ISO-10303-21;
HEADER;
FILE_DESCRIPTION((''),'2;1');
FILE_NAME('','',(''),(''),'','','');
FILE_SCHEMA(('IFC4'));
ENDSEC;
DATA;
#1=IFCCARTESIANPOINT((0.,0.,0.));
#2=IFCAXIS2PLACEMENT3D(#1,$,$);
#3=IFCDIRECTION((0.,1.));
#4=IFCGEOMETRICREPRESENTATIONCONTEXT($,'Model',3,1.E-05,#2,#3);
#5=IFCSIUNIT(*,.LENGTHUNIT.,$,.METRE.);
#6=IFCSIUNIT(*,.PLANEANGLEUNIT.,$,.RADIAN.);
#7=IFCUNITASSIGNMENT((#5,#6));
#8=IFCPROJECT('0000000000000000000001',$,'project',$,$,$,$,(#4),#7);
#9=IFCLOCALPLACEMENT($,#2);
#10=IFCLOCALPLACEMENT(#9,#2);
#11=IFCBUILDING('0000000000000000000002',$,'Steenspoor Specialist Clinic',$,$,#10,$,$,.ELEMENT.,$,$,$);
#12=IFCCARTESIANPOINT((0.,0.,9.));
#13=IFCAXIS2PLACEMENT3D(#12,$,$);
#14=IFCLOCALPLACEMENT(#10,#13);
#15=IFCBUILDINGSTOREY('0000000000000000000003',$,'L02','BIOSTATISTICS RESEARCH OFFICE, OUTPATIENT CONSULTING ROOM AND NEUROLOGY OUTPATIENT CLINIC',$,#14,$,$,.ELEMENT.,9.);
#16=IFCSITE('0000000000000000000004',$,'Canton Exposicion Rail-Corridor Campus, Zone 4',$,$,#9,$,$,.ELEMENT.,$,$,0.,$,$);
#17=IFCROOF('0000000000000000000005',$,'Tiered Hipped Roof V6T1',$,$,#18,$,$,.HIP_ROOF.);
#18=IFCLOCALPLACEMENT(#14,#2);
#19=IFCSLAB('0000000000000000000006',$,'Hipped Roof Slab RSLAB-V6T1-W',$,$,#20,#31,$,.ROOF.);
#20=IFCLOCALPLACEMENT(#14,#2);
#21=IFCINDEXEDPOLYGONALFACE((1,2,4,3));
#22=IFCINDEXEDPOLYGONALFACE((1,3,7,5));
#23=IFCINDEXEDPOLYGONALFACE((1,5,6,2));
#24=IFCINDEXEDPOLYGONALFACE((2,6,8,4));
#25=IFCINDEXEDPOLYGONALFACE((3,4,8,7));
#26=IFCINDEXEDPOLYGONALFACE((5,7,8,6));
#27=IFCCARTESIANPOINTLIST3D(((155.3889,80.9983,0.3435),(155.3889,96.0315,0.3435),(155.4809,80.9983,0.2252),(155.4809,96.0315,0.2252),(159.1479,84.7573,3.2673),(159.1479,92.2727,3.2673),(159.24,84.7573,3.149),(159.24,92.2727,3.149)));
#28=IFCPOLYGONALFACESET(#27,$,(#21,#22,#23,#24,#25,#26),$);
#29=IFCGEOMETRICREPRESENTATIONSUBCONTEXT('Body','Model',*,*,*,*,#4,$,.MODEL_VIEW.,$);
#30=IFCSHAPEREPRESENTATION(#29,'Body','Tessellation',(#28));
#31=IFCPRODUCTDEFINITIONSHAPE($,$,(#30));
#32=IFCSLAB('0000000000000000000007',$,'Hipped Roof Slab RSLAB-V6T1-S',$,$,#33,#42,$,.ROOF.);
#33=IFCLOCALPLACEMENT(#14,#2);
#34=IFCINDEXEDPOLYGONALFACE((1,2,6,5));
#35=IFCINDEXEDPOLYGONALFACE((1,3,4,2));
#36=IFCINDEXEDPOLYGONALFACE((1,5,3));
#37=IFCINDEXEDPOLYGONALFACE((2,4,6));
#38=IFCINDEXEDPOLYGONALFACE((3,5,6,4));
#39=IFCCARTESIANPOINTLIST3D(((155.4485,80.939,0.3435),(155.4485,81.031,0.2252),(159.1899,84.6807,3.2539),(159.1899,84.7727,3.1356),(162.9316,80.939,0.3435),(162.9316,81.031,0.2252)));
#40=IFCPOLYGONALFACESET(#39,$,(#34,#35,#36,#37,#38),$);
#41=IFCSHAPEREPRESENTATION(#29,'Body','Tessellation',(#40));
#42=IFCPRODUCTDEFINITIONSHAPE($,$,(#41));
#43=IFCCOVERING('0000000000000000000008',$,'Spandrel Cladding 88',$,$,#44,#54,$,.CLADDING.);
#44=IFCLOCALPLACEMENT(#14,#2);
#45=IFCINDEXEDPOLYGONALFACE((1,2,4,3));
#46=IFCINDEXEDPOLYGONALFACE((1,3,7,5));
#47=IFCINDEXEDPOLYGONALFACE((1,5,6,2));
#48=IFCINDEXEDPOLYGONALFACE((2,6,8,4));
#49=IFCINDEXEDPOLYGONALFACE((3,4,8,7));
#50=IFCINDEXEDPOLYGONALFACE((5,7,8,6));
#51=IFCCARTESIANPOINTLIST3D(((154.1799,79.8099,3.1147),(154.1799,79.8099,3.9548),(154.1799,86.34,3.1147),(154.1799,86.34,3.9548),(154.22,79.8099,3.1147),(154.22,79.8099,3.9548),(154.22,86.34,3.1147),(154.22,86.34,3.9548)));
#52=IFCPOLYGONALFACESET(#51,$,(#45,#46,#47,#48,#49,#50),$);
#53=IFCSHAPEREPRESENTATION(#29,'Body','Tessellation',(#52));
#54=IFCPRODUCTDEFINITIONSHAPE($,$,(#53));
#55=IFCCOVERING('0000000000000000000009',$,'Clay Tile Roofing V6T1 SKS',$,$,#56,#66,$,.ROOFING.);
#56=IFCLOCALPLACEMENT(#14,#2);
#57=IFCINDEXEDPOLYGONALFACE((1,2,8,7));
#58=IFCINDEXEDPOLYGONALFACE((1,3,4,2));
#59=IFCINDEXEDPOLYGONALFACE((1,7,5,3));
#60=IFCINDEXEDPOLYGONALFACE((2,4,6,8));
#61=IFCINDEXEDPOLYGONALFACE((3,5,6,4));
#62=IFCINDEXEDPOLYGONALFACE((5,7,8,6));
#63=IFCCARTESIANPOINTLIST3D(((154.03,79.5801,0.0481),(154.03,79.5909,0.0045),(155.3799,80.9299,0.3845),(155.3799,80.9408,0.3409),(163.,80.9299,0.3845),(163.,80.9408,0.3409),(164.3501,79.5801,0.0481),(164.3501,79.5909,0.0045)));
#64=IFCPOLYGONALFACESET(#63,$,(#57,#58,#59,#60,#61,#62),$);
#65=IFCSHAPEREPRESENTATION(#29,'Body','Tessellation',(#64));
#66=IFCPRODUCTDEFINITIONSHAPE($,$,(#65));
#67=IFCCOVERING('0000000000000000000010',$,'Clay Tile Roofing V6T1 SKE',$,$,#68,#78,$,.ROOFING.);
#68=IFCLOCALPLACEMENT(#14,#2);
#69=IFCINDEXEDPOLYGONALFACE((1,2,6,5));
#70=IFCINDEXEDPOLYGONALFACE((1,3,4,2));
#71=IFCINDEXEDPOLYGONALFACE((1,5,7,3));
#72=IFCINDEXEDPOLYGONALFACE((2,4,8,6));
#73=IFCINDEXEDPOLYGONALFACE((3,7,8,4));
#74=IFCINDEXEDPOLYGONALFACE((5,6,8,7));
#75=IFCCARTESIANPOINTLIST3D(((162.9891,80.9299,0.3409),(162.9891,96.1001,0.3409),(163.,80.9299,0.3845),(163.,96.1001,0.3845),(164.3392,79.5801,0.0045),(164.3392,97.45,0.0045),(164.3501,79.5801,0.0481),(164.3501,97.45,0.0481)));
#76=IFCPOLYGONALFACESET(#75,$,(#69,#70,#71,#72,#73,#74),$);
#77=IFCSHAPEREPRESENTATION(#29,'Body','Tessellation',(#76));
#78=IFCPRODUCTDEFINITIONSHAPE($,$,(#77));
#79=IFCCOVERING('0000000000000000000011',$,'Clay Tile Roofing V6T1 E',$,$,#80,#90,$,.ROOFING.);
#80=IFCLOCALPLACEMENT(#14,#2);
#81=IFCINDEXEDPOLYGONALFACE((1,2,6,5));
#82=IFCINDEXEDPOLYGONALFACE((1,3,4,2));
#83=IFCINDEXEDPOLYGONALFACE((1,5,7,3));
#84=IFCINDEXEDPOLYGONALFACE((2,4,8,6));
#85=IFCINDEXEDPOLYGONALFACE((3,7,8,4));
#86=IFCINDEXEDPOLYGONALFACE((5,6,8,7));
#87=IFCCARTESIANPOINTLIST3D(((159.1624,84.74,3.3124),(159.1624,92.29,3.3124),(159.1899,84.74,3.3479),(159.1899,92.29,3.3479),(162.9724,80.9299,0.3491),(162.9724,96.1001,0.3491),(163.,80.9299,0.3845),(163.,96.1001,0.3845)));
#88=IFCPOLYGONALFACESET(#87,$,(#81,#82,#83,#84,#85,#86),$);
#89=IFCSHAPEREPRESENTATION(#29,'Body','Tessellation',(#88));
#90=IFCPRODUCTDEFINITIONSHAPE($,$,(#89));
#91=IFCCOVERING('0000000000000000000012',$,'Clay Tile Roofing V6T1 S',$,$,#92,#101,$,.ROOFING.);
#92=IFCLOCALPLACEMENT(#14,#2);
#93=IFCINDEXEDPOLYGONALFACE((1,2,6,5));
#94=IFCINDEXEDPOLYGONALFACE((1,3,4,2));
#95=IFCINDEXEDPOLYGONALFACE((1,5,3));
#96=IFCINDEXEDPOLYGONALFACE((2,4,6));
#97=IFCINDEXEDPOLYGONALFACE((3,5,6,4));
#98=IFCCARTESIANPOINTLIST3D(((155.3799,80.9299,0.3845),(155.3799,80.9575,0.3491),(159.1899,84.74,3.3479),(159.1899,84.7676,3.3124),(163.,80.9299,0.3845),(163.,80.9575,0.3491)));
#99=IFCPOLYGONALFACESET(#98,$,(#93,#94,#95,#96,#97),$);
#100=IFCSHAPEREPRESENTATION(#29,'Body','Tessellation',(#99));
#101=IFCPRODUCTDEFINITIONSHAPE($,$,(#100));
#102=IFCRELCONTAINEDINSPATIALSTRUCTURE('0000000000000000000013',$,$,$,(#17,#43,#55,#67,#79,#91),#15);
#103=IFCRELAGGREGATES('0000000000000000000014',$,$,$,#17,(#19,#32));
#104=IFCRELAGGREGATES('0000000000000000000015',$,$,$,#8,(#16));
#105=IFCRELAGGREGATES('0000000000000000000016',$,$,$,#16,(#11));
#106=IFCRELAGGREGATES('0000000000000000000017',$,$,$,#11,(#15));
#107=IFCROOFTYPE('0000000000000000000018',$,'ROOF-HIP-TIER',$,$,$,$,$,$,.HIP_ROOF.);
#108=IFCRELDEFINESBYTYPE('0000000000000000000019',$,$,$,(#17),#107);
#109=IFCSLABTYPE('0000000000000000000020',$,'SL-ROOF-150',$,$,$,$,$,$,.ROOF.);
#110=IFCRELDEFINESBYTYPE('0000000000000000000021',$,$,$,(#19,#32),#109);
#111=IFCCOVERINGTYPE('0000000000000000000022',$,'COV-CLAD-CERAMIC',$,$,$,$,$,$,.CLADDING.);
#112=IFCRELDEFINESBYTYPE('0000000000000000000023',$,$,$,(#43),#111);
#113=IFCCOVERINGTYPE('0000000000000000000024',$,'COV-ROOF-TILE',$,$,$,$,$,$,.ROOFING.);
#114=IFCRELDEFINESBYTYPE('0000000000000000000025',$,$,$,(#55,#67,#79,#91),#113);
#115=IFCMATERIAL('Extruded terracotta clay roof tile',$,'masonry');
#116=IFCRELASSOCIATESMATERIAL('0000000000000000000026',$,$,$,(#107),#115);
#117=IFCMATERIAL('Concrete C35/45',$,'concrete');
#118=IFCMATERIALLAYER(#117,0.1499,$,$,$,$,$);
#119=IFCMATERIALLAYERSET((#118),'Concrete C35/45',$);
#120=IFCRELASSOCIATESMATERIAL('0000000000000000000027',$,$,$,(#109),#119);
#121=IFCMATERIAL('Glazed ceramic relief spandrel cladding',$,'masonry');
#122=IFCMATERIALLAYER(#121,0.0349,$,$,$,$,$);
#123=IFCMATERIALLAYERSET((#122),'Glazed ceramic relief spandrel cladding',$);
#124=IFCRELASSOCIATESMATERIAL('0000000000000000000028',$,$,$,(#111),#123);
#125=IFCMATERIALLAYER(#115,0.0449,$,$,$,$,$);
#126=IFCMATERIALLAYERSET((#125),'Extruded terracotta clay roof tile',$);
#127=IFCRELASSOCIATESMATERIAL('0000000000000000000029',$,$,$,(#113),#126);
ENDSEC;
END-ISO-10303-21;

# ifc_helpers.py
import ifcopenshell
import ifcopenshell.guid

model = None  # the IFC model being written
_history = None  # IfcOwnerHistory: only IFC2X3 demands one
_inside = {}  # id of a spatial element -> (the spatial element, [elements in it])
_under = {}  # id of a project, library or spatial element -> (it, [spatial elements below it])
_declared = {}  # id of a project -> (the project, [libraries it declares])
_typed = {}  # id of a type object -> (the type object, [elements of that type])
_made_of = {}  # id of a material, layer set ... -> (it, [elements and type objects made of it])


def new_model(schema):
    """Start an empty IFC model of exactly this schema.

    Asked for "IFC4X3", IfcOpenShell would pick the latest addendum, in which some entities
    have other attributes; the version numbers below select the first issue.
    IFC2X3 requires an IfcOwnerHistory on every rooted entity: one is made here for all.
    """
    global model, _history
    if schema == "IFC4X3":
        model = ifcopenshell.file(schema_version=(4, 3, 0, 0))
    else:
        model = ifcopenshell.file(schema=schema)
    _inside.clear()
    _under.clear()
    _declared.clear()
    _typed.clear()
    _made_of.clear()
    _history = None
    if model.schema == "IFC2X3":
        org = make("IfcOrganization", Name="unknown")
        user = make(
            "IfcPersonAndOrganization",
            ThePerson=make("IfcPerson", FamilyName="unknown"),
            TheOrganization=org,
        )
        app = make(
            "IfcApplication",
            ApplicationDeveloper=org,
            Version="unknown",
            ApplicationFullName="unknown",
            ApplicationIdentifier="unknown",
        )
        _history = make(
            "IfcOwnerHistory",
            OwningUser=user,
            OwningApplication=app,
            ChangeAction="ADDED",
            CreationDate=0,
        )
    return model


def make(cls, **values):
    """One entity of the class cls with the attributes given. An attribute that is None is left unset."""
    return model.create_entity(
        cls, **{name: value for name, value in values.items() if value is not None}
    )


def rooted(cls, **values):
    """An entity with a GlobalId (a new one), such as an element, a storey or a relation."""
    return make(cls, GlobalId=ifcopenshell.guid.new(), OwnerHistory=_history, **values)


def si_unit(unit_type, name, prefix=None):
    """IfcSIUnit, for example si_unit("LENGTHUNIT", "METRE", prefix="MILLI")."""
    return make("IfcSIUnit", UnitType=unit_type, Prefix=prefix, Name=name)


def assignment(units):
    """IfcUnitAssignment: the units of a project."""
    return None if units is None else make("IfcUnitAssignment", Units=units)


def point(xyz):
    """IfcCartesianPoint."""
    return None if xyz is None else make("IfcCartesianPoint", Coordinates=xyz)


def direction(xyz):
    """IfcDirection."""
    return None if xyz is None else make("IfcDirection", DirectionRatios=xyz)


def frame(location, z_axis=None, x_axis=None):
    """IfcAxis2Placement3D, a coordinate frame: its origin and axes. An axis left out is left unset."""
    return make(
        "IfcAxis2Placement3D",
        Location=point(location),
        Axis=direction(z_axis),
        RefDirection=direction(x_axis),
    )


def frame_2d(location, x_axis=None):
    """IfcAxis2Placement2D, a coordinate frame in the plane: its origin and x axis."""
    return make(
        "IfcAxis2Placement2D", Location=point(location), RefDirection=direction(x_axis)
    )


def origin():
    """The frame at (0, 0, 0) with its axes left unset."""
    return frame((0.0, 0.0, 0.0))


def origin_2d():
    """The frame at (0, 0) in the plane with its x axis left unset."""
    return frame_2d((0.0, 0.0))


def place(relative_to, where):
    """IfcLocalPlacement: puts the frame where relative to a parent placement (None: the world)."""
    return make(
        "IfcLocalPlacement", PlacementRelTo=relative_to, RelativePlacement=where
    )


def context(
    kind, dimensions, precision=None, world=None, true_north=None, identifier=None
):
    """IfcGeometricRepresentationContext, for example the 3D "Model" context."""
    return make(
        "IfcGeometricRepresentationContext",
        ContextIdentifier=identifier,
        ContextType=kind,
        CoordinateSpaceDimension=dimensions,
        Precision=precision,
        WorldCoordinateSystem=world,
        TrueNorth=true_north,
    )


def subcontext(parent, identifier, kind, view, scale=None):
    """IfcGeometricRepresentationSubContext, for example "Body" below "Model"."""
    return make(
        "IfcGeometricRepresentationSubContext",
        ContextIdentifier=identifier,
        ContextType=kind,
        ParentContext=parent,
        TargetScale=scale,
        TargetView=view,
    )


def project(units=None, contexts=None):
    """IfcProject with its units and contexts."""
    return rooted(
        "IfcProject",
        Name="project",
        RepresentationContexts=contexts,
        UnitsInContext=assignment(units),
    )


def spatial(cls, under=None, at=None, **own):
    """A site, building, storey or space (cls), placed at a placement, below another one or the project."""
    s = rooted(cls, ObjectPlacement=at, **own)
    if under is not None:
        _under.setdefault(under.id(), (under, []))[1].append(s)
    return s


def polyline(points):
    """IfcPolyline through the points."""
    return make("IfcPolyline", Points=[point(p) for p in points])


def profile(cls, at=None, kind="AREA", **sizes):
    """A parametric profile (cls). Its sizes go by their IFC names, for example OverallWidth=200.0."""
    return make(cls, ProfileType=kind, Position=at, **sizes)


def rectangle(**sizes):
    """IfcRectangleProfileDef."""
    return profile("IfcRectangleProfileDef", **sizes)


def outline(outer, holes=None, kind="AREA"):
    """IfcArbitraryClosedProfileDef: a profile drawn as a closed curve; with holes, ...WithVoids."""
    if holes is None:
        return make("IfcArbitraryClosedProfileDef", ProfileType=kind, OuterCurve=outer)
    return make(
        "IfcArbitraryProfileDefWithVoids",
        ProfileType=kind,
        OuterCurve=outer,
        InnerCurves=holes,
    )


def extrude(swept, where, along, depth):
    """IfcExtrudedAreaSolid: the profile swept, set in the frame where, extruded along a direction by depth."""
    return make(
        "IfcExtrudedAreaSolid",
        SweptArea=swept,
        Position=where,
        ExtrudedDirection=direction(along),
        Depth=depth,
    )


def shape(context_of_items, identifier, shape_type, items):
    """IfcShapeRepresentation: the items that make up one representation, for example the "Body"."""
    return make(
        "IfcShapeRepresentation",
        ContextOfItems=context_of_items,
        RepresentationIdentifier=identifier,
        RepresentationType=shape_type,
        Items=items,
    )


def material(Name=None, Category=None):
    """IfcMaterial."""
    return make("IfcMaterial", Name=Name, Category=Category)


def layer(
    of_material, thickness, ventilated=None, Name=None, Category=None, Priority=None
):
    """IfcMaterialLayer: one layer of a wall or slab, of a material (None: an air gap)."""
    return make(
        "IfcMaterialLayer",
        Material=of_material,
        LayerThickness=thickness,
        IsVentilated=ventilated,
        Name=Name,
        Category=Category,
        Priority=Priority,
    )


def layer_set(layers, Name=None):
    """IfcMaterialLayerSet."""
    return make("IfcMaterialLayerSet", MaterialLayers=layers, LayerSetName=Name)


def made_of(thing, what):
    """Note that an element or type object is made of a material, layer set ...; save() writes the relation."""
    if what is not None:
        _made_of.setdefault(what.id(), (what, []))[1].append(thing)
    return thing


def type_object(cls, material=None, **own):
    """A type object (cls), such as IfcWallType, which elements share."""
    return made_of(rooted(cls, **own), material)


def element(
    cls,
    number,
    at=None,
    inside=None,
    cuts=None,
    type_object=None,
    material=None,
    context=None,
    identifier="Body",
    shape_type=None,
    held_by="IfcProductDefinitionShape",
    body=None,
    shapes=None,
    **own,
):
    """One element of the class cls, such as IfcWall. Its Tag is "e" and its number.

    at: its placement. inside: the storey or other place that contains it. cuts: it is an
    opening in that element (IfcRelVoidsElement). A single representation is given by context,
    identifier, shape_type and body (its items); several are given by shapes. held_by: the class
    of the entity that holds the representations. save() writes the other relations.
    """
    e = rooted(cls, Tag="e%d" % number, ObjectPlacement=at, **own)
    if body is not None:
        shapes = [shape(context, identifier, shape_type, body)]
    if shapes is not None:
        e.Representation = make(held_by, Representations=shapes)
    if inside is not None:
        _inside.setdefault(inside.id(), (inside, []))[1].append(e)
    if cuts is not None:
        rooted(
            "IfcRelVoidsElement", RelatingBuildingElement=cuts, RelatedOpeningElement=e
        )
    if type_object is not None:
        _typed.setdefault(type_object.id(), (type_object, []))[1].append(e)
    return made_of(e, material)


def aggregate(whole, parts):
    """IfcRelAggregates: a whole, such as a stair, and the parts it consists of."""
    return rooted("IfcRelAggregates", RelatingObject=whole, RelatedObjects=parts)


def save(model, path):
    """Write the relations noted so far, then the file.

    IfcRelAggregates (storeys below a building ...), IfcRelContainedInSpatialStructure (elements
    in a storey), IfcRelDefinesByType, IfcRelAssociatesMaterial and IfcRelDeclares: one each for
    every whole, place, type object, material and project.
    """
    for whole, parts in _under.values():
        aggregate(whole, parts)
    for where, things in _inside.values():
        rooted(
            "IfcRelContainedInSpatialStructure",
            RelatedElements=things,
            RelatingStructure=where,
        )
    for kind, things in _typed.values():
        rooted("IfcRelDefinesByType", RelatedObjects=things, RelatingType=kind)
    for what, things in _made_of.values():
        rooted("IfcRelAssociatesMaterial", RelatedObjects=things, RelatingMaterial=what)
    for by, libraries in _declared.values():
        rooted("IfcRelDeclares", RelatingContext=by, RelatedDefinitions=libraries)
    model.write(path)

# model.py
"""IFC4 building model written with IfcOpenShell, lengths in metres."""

from ifc_helpers import new_model, si_unit, direction, frame, origin, origin_2d, place, context, subcontext, project, spatial, polyline, rectangle, outline, extrude, material, layer, layer_set, type_object, element, aggregate, save


model = new_model("IFC4")

# Units and contexts
model_context = context("Model", 3, precision=1e-05, world=origin(), true_north=direction((0.0, 1.0)))
body_context = subcontext(model_context, "Body", "Model", "MODEL_VIEW")
ifc_project = project(units=[si_unit("LENGTHUNIT", "METRE"), si_unit("PLANEANGLEUNIT", "RADIAN")], contexts=[model_context])

# Site, building, storey
site_placement = place(None, origin())
site = spatial("IfcSite", under=ifc_project, at=site_placement, Name="Canton Exposicion Rail-Corridor Campus, Zone 4", CompositionType="ELEMENT", RefElevation=0.0)
building_placement = place(site_placement, origin())
building = spatial("IfcBuilding", under=site, at=building_placement, Name="Steenspoor Specialist Clinic", CompositionType="ELEMENT")
storey_placement = place(building_placement, frame((0.0, 0.0, 9.0)))
storey = spatial("IfcBuildingStorey", under=building, at=storey_placement, Name="L02", Description="BIOSTATISTICS RESEARCH OFFICE, OUTPATIENT CONSULTING ROOM AND NEUROLOGY OUTPATIENT CLINIC", CompositionType="ELEMENT", Elevation=9.0)

# Roof, slabs
ifc_material_1 = material(Name="Extruded terracotta clay roof tile", Category="masonry")
roof_type = type_object("IfcRoofType", Name="ROOF-HIP-TIER", PredefinedType="HIP_ROOF", material=ifc_material_1)
roof_placement = place(storey_placement, origin())
roof = element("IfcRoof", 1, at=roof_placement, inside=storey, type_object=roof_type, Name="Tiered Hipped Roof V6T1", PredefinedType="HIP_ROOF")
ifc_material_2 = material(Name="Concrete C35/45", Category="concrete")
ifc_layer_1 = layer(ifc_material_2, 0.1499)
ifc_layer_set_1 = layer_set([ifc_layer_1], Name="Concrete C35/45")
slab_type = type_object("IfcSlabType", Name="SL-ROOF-150", PredefinedType="ROOF", material=ifc_layer_set_1)
slab_1_placement = place(storey_placement, frame((155.3889, 80.9983, 0.3435), z_axis=(-0.613958, 0.0, 0.789338), x_axis=(0.619579, 0.619579, 0.481917)))
slab_1 = element("IfcSlab", 2, at=slab_1_placement, type_object=slab_type, Name="Hipped Roof Slab RSLAB-V6T1-W", PredefinedType="ROOF", context=body_context, shape_type="SweptSolid", body=[
    extrude(outline(polyline([(0.0, 0.0), (6.0671, 0.0), (10.7234, 5.8991), (9.3143, 11.8001), (0.0, 0.0)])), origin(), (0.0, 0.0, -1.0), 0.1499),
])
slab_2_placement = place(storey_placement, frame((159.1899, 84.6807, 3.2539), z_axis=(0.0, -0.613966, 0.789333), x_axis=(-0.619551, -0.619592, -0.481936)))
slab_2 = element("IfcSlab", 3, at=slab_2_placement, type_object=slab_type, Name="Hipped Roof Slab RSLAB-V6T1-S", PredefinedType="ROOF", context=body_context, shape_type="SweptSolid", body=[
    extrude(outline(polyline([(0.0, 0.0), (6.039, 0.0), (1.4028, 5.8739), (0.0, 0.0)])), origin(), (0.0, 0.0, -1.0), 0.1499),
])
aggregate(roof, [slab_1, slab_2])

# Coverings
ifc_material_3 = material(Name="Glazed ceramic relief spandrel cladding", Category="masonry")
ifc_layer_2 = layer(ifc_material_3, 0.0349)
ifc_layer_set_2 = layer_set([ifc_layer_2], Name="Glazed ceramic relief spandrel cladding")
covering_type_1 = type_object("IfcCoveringType", Name="COV-CLAD-CERAMIC", PredefinedType="CLADDING", material=ifc_layer_set_2)
covering_1_placement = place(storey_placement, frame((154.2, 83.075, 3.1147), z_axis=(0.0, 0.0, 1.0), x_axis=(0.0, -1.0, 0.0)))
element("IfcCovering", 4, at=covering_1_placement, inside=storey, type_object=covering_type_1, Name="Spandrel Cladding 88", PredefinedType="CLADDING", context=body_context, shape_type="SweptSolid", body=[
    extrude(rectangle(XDim=6.53, YDim=0.04, at=origin_2d()), origin(), (0.0, 0.0, 1.0), 0.8401),
])
ifc_layer_3 = layer(ifc_material_1, 0.0449)
ifc_layer_set_3 = layer_set([ifc_layer_3], Name="Extruded terracotta clay roof tile")
covering_type_2 = type_object("IfcCoveringType", Name="COV-ROOF-TILE", PredefinedType="ROOFING", material=ifc_layer_set_3)
covering_2_placement = place(storey_placement, frame((154.03, 79.5801, 0.0481), z_axis=(0.0, -0.241834, 0.970318), x_axis=(1.0, 0.0, 0.0)))
element("IfcCovering", 5, at=covering_2_placement, inside=storey, type_object=covering_type_2, Name="Clay Tile Roofing V6T1 SKS", PredefinedType="ROOFING", context=body_context, shape_type="SweptSolid", body=[
    extrude(outline(polyline([(0.0, 0.0), (10.3201, 0.0), (8.97, 1.3911), (1.3499, 1.3911), (0.0, 0.0)])), origin(), (0.0, 0.0, -1.0), 0.0449),
])
covering_3_placement = place(storey_placement, frame((164.3501, 79.5801, 0.0481), z_axis=(0.241792, 0.0, 0.970328), x_axis=(0.0, 1.0, 0.0)))
element("IfcCovering", 6, at=covering_3_placement, inside=storey, type_object=covering_type_2, Name="Clay Tile Roofing V6T1 SKE", PredefinedType="ROOFING", context=body_context, shape_type="SweptSolid", body=[
    extrude(outline(polyline([(0.0, 0.0), (17.8699, 0.0), (16.52, 1.3914), (1.3499, 1.3914), (0.0, 0.0)])), origin(), (0.0, 0.0, -1.0), 0.0449),
])
covering_4_placement = place(storey_placement, frame((163.0, 80.9299, 0.3845), z_axis=(0.613941, 0.0, 0.789352), x_axis=(0.0, 1.0, 0.0)))
element("IfcCovering", 7, at=covering_4_placement, inside=storey, type_object=covering_type_2, Name="Clay Tile Roofing V6T1 E", PredefinedType="ROOFING", context=body_context, shape_type="SweptSolid", body=[
    extrude(outline(polyline([(0.0, 0.0), (15.1702, 0.0), (11.3601, 4.8268), (3.8101, 4.8268), (0.0, 0.0)])), origin(), (0.0, 0.0, -1.0), 0.0449),
])
covering_5_placement = place(storey_placement, frame((155.3799, 80.9299, 0.3845), z_axis=(0.0, -0.613941, 0.789352), x_axis=(1.0, 0.0, 0.0)))
element("IfcCovering", 8, at=covering_5_placement, inside=storey, type_object=covering_type_2, Name="Clay Tile Roofing V6T1 S", PredefinedType="ROOFING", context=body_context, shape_type="SweptSolid", body=[
    extrude(outline(polyline([(0.0, 0.0), (7.6201, 0.0), (3.8101, 4.8268), (0.0, 0.0)])), origin(), (0.0, 0.0, -1.0), 0.0449),
])

save(model, "model.ifc")
